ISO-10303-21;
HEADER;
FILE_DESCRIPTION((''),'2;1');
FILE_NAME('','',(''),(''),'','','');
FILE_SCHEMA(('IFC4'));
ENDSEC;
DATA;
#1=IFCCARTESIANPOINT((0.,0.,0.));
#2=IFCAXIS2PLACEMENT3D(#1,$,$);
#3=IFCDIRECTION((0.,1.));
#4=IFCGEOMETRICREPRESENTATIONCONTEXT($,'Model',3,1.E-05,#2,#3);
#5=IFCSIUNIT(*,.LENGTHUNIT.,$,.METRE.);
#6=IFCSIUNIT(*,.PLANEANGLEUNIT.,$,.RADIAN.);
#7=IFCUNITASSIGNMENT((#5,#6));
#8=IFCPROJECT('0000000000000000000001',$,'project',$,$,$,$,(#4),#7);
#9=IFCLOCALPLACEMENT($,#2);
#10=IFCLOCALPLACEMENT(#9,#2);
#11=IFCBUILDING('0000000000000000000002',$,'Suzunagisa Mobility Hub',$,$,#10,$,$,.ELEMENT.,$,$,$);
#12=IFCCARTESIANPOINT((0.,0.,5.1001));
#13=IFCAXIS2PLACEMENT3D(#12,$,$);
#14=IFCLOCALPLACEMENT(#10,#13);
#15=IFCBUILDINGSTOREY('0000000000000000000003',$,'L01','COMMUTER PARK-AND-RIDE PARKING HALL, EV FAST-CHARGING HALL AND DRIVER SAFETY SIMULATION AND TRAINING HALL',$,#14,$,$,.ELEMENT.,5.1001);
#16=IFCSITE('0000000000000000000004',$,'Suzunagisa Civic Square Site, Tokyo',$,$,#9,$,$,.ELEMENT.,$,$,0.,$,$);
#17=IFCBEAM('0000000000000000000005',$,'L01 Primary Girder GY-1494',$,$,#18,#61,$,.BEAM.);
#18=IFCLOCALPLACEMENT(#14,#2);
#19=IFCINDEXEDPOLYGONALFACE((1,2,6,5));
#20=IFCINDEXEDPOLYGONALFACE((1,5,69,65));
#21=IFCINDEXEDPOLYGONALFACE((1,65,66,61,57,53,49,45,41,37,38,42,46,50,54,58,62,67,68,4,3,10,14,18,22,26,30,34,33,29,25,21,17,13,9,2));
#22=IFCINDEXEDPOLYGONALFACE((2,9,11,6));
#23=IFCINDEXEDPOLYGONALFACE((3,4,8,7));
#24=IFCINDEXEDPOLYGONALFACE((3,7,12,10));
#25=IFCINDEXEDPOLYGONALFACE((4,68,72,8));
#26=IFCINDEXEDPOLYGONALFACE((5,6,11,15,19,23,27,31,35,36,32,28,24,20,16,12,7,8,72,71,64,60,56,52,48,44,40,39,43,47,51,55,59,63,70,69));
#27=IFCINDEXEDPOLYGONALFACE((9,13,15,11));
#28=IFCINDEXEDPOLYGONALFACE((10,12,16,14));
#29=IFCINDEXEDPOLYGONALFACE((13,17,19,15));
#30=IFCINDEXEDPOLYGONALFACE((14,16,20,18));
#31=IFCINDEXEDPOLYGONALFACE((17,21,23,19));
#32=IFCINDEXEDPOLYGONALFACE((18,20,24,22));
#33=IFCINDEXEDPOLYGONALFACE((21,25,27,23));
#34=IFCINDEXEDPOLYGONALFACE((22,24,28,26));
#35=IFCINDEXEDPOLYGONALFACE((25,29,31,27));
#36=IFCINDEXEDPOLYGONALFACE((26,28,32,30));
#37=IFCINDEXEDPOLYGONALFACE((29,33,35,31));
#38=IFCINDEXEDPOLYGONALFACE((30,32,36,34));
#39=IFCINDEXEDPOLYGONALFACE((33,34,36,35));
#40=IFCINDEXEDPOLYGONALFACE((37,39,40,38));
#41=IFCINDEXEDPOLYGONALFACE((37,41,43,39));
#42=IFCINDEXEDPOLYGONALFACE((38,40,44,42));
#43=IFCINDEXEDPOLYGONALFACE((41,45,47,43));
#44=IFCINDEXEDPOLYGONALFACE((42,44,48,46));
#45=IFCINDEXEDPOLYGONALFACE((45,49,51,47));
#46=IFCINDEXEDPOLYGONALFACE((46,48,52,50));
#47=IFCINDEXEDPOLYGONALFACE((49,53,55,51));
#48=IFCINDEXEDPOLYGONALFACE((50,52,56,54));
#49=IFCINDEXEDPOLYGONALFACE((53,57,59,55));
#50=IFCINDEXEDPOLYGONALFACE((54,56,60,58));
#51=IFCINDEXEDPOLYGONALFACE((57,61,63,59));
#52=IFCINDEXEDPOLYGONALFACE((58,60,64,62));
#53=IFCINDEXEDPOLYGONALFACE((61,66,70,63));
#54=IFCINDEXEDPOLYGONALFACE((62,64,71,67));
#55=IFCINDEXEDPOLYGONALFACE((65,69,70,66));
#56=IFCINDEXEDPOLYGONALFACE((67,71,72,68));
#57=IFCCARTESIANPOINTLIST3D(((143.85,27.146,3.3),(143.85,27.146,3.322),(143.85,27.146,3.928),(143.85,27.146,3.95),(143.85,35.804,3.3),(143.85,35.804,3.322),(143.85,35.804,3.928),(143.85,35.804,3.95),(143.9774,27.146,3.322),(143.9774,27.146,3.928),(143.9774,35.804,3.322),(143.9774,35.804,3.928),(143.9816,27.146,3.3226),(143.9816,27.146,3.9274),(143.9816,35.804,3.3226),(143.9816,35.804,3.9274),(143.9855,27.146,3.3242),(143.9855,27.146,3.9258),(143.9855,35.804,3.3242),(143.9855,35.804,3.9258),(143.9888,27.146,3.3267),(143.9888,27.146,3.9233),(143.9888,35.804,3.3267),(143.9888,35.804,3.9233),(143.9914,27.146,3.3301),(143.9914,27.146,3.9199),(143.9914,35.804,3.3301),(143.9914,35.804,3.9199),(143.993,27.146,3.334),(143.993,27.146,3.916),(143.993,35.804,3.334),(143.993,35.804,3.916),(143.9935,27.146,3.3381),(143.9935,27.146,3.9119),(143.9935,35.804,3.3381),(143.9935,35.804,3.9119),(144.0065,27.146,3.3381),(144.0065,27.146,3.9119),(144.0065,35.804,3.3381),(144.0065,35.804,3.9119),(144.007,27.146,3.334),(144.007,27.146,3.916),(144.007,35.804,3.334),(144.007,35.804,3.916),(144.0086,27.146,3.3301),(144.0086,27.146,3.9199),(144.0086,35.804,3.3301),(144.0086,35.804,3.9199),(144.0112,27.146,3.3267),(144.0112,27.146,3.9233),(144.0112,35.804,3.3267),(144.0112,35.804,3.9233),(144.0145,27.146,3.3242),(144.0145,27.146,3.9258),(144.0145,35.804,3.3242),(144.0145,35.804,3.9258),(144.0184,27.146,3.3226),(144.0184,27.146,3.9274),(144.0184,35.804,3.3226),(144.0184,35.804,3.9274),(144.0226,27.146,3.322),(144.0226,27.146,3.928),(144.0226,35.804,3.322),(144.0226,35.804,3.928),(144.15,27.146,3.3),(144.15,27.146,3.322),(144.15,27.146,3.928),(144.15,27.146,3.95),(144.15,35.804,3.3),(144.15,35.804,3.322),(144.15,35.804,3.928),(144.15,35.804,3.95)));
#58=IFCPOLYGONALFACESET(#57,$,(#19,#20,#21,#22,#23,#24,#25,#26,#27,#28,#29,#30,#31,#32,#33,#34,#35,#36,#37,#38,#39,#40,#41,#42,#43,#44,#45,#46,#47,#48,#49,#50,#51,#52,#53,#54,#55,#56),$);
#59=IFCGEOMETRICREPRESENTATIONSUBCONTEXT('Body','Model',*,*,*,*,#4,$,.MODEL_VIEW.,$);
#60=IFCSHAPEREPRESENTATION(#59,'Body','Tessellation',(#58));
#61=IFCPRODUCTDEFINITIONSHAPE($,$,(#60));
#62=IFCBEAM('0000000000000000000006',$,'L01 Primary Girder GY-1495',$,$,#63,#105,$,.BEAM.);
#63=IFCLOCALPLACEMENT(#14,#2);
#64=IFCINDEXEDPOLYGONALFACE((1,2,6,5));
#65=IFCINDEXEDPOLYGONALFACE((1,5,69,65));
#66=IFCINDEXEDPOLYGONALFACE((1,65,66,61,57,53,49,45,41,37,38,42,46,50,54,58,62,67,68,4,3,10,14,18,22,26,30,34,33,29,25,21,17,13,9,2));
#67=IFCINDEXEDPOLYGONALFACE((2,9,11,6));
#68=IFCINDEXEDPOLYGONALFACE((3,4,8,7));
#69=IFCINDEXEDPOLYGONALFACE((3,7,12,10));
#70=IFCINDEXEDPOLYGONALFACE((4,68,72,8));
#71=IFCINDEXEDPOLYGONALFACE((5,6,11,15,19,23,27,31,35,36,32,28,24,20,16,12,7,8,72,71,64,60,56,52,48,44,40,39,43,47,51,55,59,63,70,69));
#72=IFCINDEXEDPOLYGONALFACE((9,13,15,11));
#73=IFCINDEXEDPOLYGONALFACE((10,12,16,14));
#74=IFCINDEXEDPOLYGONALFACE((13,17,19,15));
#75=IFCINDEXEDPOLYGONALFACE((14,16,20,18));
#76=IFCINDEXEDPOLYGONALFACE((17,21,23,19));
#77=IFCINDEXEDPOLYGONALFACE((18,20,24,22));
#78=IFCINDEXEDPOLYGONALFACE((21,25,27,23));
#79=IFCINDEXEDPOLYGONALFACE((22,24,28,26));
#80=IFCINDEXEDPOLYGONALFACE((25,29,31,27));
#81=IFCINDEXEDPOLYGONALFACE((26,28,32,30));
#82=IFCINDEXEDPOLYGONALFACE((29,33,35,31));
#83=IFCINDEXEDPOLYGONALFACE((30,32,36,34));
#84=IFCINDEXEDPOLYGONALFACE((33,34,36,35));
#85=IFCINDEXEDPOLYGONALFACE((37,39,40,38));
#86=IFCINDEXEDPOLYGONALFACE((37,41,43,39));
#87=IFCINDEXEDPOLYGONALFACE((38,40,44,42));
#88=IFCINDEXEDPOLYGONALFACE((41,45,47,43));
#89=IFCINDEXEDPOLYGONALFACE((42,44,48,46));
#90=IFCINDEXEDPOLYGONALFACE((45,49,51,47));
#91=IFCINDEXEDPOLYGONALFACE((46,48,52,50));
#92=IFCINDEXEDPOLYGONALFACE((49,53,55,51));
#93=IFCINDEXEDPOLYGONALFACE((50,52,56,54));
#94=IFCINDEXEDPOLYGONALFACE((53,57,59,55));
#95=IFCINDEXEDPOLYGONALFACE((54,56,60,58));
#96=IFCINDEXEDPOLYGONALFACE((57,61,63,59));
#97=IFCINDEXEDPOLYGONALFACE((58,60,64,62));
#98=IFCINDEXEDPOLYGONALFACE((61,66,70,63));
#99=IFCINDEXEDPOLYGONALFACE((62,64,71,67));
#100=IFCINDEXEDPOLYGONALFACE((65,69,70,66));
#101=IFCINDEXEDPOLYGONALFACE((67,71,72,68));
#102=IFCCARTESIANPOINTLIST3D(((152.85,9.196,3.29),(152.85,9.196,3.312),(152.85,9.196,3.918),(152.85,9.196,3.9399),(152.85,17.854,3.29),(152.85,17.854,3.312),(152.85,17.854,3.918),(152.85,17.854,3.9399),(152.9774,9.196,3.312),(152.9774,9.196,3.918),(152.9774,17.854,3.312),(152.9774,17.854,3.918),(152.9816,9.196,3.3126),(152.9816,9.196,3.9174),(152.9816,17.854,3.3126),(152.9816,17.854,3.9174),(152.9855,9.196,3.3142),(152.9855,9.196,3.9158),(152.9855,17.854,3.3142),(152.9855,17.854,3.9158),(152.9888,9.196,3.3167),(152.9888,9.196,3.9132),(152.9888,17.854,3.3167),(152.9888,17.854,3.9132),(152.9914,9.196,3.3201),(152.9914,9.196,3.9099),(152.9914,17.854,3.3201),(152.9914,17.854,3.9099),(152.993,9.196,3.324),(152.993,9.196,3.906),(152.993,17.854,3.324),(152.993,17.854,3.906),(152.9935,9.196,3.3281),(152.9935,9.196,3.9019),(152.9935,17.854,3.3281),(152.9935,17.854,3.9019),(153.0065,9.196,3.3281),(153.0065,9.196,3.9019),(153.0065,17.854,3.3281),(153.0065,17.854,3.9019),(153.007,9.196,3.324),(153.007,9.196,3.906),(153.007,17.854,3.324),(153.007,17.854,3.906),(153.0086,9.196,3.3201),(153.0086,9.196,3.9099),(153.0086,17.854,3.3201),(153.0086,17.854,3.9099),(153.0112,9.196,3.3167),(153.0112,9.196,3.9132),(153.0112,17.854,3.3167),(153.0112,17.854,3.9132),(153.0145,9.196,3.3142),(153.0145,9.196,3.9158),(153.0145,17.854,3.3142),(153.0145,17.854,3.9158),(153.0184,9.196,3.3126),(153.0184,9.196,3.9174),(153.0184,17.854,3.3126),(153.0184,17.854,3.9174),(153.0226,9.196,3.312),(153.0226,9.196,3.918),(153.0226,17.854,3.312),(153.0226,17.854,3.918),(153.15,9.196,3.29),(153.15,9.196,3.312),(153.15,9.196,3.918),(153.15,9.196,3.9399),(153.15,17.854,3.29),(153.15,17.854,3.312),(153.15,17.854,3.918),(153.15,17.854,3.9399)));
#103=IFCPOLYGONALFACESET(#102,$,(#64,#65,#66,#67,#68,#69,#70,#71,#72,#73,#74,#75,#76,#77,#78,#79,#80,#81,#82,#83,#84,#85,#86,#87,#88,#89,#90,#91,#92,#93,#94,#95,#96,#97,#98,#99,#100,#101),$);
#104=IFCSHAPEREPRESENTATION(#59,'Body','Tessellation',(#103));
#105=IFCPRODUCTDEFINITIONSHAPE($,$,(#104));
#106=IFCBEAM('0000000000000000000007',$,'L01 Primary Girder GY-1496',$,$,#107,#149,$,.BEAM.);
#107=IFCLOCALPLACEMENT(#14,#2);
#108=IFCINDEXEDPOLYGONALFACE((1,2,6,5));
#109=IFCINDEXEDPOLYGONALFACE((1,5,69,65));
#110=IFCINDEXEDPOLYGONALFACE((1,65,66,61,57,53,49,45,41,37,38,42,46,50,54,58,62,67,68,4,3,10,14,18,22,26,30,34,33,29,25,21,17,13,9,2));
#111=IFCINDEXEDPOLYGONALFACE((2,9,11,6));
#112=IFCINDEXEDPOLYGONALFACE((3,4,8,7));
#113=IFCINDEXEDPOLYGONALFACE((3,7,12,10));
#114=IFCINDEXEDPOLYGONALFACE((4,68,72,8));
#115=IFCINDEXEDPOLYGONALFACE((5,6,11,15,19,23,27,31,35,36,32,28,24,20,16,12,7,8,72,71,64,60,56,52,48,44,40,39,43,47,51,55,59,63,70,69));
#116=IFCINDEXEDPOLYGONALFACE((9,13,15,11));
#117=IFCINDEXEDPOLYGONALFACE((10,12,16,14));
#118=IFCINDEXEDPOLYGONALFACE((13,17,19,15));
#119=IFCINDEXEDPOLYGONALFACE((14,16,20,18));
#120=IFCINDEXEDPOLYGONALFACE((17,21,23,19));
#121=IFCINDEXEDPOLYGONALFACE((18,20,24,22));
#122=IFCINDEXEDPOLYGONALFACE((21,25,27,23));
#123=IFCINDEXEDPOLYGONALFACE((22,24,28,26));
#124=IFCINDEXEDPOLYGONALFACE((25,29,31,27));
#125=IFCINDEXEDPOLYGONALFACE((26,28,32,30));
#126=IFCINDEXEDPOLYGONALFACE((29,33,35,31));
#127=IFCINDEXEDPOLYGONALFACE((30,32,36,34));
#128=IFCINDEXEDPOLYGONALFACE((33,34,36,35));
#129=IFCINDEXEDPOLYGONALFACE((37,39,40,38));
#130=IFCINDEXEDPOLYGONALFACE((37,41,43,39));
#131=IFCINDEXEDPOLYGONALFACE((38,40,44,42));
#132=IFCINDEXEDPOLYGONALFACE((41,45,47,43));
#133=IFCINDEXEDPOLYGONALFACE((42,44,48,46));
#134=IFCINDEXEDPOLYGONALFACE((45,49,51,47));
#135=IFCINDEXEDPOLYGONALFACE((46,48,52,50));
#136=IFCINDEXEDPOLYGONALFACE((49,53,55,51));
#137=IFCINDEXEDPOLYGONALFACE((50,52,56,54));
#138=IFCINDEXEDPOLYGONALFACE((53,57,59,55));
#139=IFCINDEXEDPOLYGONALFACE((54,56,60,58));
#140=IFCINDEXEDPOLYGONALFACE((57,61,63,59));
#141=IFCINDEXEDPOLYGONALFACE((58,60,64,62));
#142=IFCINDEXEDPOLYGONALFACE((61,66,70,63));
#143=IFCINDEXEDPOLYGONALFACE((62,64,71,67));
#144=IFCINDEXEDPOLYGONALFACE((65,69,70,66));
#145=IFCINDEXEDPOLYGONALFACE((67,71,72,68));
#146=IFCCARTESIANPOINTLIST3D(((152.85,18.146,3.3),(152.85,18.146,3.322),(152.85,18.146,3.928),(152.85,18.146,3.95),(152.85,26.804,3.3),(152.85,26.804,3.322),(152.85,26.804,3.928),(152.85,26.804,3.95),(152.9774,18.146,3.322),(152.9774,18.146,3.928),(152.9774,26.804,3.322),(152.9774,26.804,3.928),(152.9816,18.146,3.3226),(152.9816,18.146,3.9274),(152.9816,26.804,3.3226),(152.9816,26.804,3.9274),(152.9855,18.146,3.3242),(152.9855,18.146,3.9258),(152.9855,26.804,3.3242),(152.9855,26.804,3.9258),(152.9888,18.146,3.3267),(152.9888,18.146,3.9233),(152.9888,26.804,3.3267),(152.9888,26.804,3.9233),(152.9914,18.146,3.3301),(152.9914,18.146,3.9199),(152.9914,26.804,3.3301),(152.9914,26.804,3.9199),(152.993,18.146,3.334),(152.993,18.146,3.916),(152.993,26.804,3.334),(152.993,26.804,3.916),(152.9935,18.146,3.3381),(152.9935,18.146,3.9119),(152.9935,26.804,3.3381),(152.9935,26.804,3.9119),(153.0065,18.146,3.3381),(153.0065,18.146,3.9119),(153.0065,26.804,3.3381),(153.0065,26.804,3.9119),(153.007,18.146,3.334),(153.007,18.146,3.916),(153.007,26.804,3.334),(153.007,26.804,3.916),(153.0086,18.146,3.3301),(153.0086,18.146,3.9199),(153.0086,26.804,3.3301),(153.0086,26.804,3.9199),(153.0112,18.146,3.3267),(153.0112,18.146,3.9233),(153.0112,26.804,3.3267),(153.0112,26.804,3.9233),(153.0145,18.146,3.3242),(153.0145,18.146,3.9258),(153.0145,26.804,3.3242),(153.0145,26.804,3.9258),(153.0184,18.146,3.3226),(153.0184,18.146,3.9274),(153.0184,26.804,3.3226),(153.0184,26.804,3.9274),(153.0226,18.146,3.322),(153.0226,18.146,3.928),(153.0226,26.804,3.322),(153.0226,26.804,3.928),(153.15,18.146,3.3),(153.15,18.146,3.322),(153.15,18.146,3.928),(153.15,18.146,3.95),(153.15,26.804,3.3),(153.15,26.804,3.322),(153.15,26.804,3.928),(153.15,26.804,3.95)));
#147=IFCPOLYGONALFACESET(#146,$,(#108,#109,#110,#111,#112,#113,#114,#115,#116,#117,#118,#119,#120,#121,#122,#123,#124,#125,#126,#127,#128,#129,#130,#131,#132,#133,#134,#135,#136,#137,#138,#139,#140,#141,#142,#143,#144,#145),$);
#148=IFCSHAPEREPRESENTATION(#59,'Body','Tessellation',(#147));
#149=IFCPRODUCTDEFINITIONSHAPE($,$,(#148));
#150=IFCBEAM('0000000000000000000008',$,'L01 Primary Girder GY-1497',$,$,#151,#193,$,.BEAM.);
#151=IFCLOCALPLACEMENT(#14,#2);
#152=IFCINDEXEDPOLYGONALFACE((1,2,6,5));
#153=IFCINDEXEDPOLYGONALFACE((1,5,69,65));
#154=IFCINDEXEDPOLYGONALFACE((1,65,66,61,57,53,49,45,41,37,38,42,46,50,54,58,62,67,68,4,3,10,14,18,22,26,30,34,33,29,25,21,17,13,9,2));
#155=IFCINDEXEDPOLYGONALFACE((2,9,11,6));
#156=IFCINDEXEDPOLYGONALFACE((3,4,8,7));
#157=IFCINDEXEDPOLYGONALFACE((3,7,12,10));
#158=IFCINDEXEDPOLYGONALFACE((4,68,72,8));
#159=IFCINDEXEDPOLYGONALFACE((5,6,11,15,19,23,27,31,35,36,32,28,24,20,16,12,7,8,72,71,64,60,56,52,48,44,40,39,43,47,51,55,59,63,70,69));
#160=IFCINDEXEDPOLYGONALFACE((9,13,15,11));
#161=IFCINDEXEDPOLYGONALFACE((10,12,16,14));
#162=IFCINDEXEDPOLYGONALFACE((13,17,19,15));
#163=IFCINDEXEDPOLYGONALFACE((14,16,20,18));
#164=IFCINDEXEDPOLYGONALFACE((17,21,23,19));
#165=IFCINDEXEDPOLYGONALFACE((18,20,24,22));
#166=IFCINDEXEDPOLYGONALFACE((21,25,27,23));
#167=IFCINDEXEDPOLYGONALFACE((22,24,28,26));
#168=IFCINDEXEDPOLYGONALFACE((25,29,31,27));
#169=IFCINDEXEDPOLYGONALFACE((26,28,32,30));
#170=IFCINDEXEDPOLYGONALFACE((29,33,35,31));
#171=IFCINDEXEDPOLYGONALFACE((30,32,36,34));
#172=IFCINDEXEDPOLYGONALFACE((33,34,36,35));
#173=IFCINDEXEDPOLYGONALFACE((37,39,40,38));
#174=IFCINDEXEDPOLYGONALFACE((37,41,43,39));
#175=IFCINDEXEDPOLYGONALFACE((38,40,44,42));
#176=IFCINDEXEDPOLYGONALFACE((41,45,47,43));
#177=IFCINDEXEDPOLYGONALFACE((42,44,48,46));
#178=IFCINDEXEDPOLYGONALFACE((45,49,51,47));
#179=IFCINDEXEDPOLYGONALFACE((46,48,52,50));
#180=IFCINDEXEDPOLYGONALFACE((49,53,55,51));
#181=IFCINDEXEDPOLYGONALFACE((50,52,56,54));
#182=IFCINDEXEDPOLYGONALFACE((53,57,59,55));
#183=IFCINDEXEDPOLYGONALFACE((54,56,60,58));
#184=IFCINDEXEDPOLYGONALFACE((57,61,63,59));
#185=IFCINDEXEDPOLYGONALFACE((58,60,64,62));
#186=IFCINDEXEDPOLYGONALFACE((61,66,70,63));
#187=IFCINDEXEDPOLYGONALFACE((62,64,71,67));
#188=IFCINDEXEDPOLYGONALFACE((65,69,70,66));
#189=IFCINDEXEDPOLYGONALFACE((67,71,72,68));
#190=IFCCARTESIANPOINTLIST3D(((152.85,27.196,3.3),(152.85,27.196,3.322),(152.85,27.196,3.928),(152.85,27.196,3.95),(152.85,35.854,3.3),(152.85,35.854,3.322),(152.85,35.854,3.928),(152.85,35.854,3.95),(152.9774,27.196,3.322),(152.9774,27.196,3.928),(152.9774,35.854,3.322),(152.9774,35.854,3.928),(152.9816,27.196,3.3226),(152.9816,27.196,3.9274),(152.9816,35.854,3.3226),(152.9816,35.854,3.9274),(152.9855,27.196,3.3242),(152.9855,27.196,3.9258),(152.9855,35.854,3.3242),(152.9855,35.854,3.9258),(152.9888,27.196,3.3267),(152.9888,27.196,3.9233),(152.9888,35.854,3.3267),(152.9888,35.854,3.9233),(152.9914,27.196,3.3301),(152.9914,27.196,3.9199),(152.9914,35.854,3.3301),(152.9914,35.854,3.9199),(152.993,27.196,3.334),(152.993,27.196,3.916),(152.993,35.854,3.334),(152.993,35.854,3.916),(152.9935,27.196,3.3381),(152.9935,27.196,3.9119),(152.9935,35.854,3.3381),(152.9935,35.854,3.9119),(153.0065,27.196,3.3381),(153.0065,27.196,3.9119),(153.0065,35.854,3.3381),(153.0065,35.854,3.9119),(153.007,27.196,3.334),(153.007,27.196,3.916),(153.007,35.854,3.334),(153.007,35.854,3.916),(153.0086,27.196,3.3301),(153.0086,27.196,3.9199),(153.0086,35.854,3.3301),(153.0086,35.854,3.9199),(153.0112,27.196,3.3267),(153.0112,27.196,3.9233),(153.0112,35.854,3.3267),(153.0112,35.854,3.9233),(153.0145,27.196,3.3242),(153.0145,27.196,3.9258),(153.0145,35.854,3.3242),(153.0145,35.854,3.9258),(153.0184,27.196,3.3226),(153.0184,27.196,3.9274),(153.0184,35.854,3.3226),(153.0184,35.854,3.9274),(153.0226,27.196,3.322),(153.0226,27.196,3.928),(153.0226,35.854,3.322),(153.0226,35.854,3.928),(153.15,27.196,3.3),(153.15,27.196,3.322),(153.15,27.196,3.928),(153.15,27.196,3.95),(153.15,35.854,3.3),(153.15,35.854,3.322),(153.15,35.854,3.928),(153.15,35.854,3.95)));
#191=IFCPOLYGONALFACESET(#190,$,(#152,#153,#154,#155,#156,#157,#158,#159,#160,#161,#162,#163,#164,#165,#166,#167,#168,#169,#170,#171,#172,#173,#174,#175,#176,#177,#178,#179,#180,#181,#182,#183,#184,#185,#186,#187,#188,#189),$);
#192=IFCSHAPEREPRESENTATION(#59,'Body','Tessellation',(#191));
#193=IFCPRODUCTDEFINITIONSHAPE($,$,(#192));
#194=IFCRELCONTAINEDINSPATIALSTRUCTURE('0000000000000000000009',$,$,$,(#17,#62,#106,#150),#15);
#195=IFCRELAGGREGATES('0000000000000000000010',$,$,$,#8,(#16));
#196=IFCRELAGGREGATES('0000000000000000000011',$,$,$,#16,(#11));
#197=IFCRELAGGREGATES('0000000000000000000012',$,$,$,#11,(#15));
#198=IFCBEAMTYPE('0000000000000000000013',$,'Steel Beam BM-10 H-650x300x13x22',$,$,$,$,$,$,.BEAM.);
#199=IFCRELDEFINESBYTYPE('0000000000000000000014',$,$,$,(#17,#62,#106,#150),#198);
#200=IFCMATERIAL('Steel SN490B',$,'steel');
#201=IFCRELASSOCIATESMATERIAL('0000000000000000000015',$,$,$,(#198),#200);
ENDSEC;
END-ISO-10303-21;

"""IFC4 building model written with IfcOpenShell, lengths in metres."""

from ifc_helpers import new_model, si_unit, direction, frame, origin, origin_2d, place, context, subcontext, project, spatial, i_section, extrude, material, material_profile, profile_set, type_object, element, save


model = new_model("IFC4")

# Units and contexts
model_context = context("Model", 3, precision=1e-05, world=origin(), true_north=direction((0.0, 1.0)))
body_context = subcontext(model_context, "Body", "Model", "MODEL_VIEW")
ifc_project = project(units=[si_unit("LENGTHUNIT", "METRE"), si_unit("PLANEANGLEUNIT", "RADIAN")], contexts=[model_context])

# Site, building, storey
site_placement = place(None, origin())
site = spatial("IfcSite", under=ifc_project, at=site_placement, Name="Suzunagisa Civic Square Site, Tokyo", CompositionType="ELEMENT", RefElevation=0.0)
building_placement = place(site_placement, origin())
building = spatial("IfcBuilding", under=site, at=building_placement, Name="Suzunagisa Mobility Hub", CompositionType="ELEMENT")
storey_placement = place(building_placement, frame((0.0, 0.0, 5.1001)))
storey = spatial("IfcBuildingStorey", under=building, at=storey_placement, Name="L01", Description="COMMUTER PARK-AND-RIDE PARKING HALL, EV FAST-CHARGING HALL AND DRIVER SAFETY SIMULATION AND TRAINING HALL", CompositionType="ELEMENT", Elevation=5.1001)

# Shared definitions
ifc_material_1 = material(Name="Steel SN490B", Category="steel")

# Beams
ifc_material_profile_1 = material_profile(ifc_material_1, i_section(OverallWidth=0.3, OverallDepth=0.6499, WebThickness=0.0129, FlangeThickness=0.022, FilletRadius=0.0161, at=origin_2d()), Name="H-650x300x13x22")
ifc_profile_set_1 = profile_set([ifc_material_profile_1], Name="Steel SN490B")
beam_type_1 = type_object("IfcBeamType", Name="Steel Beam BM-10 H-650x300x13x22", PredefinedType="BEAM", material=ifc_profile_set_1)
for number, where, z_axis, x_axis, name in (
    (1, (144.0, 27.146, 3.625), (0.0, 1.0, 0.0), (-1.0, 0.0, 0.0), "L01 Primary Girder GY-1494"),
    (2, (153.0, 9.196, 3.615), (0.0, 1.0, 0.0), (-1.0, 0.0, 0.0), "L01 Primary Girder GY-1495"),
    (3, (153.0, 18.146, 3.625), (0.0, 1.0, 0.0), (-1.0, 0.0, 0.0), "L01 Primary Girder GY-1496"),
    (4, (153.0, 27.196, 3.625), (0.0, 1.0, 0.0), (-1.0, 0.0, 0.0), "L01 Primary Girder GY-1497"),
):
    element("IfcBeam", number, at=place(storey_placement, frame(where, z_axis=z_axis, x_axis=x_axis)), inside=storey, type_object=beam_type_1, Name=name, PredefinedType="BEAM", context=body_context, shape_type="SweptSolid", body=[
        extrude(i_section(OverallWidth=0.3, OverallDepth=0.6499, WebThickness=0.0129, FlangeThickness=0.022, FilletRadius=0.0161, at=origin_2d()), origin(), (0.0, 0.0, 1.0), 8.658),
    ])

save(model, "model.ifc")
